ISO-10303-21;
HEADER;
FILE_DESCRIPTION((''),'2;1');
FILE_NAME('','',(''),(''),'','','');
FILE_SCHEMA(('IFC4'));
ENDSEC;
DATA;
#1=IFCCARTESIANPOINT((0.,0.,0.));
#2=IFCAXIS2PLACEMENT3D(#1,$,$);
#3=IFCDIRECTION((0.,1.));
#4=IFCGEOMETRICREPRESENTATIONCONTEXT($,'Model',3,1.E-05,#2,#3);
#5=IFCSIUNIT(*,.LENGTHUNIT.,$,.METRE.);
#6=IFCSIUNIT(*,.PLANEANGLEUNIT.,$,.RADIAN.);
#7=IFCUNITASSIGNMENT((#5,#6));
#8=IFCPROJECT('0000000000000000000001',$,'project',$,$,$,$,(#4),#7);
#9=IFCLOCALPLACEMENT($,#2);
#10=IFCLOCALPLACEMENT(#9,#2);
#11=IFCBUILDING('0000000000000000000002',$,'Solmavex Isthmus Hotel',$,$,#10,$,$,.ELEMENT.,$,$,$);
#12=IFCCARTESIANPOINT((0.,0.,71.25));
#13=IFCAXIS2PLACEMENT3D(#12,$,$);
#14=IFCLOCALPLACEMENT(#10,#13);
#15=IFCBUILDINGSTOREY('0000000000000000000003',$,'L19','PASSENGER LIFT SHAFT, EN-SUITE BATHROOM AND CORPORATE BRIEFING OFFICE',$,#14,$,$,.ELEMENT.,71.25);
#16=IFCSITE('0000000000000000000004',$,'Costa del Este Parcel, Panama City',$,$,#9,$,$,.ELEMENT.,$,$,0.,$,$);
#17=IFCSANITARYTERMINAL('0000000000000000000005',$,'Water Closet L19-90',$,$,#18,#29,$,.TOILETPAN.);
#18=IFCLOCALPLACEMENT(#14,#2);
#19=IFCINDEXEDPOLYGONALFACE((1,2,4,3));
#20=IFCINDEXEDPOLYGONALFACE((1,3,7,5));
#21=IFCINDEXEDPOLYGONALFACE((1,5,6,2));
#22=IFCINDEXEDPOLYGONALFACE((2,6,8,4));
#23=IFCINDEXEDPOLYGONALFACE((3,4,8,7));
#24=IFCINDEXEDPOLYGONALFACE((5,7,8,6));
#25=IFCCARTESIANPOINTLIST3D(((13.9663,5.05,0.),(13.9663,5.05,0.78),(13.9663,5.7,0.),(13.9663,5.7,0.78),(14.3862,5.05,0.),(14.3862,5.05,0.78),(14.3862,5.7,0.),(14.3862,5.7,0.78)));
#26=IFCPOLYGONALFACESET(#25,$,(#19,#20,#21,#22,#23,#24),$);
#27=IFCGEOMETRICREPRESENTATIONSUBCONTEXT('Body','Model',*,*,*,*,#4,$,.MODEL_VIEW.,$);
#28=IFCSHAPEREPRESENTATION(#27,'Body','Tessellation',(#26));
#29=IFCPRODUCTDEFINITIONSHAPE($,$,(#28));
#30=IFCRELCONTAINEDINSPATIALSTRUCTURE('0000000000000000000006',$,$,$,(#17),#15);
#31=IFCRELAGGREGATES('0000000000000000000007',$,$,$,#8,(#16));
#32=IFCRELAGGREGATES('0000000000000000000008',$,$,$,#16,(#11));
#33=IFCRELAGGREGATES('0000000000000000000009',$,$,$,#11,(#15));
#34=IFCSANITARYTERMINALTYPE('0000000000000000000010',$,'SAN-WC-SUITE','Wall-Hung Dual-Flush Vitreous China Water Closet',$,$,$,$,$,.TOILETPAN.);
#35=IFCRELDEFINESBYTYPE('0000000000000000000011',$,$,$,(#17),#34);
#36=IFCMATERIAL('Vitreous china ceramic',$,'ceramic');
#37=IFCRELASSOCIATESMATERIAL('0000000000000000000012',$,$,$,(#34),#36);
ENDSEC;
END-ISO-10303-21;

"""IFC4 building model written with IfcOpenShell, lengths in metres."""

from ifc_helpers import new_model, si_unit, direction, frame, origin, origin_2d, place, context, subcontext, project, spatial, rectangle, extrude, material, type_object, element, save


model = new_model("IFC4")

# Units and contexts
model_context = context("Model", 3, precision=1e-05, world=origin(), true_north=direction((0.0, 1.0)))
body_context = subcontext(model_context, "Body", "Model", "MODEL_VIEW")
ifc_project = project(units=[si_unit("LENGTHUNIT", "METRE"), si_unit("PLANEANGLEUNIT", "RADIAN")], contexts=[model_context])

# Site, building, storey
site_placement = place(None, origin())
site = spatial("IfcSite", under=ifc_project, at=site_placement, Name="Costa del Este Parcel, Panama City", CompositionType="ELEMENT", RefElevation=0.0)
building_placement = place(site_placement, origin())
building = spatial("IfcBuilding", under=site, at=building_placement, Name="Solmavex Isthmus Hotel", CompositionType="ELEMENT")
storey_placement = place(building_placement, frame((0.0, 0.0, 71.25)))
storey = spatial("IfcBuildingStorey", under=building, at=storey_placement, Name="L19", Description="PASSENGER LIFT SHAFT, EN-SUITE BATHROOM AND CORPORATE BRIEFING OFFICE", CompositionType="ELEMENT", Elevation=71.25)

# Sanitary terminal
ifc_material_1 = material(Name="Vitreous china ceramic", Category="ceramic")
sanitary_terminal_type_1 = type_object("IfcSanitaryTerminalType", Name="SAN-WC-SUITE", Description="Wall-Hung Dual-Flush Vitreous China Water Closet", PredefinedType="TOILETPAN", material=ifc_material_1)
sanitary_terminal_1_placement = place(storey_placement, frame((14.1763, 5.375, 0.0), z_axis=(0.0, 0.0, 1.0), x_axis=(1.0, 0.0, 0.0)))
element("IfcSanitaryTerminal", 1, at=sanitary_terminal_1_placement, inside=storey, type_object=sanitary_terminal_type_1, Name="Water Closet L19-90", PredefinedType="TOILETPAN", context=body_context, shape_type="SweptSolid", body=[
    extrude(rectangle(XDim=0.4199, YDim=0.6499, at=origin_2d()), origin(), (0.0, 0.0, 1.0), 0.78),
])

save(model, "model.ifc")
